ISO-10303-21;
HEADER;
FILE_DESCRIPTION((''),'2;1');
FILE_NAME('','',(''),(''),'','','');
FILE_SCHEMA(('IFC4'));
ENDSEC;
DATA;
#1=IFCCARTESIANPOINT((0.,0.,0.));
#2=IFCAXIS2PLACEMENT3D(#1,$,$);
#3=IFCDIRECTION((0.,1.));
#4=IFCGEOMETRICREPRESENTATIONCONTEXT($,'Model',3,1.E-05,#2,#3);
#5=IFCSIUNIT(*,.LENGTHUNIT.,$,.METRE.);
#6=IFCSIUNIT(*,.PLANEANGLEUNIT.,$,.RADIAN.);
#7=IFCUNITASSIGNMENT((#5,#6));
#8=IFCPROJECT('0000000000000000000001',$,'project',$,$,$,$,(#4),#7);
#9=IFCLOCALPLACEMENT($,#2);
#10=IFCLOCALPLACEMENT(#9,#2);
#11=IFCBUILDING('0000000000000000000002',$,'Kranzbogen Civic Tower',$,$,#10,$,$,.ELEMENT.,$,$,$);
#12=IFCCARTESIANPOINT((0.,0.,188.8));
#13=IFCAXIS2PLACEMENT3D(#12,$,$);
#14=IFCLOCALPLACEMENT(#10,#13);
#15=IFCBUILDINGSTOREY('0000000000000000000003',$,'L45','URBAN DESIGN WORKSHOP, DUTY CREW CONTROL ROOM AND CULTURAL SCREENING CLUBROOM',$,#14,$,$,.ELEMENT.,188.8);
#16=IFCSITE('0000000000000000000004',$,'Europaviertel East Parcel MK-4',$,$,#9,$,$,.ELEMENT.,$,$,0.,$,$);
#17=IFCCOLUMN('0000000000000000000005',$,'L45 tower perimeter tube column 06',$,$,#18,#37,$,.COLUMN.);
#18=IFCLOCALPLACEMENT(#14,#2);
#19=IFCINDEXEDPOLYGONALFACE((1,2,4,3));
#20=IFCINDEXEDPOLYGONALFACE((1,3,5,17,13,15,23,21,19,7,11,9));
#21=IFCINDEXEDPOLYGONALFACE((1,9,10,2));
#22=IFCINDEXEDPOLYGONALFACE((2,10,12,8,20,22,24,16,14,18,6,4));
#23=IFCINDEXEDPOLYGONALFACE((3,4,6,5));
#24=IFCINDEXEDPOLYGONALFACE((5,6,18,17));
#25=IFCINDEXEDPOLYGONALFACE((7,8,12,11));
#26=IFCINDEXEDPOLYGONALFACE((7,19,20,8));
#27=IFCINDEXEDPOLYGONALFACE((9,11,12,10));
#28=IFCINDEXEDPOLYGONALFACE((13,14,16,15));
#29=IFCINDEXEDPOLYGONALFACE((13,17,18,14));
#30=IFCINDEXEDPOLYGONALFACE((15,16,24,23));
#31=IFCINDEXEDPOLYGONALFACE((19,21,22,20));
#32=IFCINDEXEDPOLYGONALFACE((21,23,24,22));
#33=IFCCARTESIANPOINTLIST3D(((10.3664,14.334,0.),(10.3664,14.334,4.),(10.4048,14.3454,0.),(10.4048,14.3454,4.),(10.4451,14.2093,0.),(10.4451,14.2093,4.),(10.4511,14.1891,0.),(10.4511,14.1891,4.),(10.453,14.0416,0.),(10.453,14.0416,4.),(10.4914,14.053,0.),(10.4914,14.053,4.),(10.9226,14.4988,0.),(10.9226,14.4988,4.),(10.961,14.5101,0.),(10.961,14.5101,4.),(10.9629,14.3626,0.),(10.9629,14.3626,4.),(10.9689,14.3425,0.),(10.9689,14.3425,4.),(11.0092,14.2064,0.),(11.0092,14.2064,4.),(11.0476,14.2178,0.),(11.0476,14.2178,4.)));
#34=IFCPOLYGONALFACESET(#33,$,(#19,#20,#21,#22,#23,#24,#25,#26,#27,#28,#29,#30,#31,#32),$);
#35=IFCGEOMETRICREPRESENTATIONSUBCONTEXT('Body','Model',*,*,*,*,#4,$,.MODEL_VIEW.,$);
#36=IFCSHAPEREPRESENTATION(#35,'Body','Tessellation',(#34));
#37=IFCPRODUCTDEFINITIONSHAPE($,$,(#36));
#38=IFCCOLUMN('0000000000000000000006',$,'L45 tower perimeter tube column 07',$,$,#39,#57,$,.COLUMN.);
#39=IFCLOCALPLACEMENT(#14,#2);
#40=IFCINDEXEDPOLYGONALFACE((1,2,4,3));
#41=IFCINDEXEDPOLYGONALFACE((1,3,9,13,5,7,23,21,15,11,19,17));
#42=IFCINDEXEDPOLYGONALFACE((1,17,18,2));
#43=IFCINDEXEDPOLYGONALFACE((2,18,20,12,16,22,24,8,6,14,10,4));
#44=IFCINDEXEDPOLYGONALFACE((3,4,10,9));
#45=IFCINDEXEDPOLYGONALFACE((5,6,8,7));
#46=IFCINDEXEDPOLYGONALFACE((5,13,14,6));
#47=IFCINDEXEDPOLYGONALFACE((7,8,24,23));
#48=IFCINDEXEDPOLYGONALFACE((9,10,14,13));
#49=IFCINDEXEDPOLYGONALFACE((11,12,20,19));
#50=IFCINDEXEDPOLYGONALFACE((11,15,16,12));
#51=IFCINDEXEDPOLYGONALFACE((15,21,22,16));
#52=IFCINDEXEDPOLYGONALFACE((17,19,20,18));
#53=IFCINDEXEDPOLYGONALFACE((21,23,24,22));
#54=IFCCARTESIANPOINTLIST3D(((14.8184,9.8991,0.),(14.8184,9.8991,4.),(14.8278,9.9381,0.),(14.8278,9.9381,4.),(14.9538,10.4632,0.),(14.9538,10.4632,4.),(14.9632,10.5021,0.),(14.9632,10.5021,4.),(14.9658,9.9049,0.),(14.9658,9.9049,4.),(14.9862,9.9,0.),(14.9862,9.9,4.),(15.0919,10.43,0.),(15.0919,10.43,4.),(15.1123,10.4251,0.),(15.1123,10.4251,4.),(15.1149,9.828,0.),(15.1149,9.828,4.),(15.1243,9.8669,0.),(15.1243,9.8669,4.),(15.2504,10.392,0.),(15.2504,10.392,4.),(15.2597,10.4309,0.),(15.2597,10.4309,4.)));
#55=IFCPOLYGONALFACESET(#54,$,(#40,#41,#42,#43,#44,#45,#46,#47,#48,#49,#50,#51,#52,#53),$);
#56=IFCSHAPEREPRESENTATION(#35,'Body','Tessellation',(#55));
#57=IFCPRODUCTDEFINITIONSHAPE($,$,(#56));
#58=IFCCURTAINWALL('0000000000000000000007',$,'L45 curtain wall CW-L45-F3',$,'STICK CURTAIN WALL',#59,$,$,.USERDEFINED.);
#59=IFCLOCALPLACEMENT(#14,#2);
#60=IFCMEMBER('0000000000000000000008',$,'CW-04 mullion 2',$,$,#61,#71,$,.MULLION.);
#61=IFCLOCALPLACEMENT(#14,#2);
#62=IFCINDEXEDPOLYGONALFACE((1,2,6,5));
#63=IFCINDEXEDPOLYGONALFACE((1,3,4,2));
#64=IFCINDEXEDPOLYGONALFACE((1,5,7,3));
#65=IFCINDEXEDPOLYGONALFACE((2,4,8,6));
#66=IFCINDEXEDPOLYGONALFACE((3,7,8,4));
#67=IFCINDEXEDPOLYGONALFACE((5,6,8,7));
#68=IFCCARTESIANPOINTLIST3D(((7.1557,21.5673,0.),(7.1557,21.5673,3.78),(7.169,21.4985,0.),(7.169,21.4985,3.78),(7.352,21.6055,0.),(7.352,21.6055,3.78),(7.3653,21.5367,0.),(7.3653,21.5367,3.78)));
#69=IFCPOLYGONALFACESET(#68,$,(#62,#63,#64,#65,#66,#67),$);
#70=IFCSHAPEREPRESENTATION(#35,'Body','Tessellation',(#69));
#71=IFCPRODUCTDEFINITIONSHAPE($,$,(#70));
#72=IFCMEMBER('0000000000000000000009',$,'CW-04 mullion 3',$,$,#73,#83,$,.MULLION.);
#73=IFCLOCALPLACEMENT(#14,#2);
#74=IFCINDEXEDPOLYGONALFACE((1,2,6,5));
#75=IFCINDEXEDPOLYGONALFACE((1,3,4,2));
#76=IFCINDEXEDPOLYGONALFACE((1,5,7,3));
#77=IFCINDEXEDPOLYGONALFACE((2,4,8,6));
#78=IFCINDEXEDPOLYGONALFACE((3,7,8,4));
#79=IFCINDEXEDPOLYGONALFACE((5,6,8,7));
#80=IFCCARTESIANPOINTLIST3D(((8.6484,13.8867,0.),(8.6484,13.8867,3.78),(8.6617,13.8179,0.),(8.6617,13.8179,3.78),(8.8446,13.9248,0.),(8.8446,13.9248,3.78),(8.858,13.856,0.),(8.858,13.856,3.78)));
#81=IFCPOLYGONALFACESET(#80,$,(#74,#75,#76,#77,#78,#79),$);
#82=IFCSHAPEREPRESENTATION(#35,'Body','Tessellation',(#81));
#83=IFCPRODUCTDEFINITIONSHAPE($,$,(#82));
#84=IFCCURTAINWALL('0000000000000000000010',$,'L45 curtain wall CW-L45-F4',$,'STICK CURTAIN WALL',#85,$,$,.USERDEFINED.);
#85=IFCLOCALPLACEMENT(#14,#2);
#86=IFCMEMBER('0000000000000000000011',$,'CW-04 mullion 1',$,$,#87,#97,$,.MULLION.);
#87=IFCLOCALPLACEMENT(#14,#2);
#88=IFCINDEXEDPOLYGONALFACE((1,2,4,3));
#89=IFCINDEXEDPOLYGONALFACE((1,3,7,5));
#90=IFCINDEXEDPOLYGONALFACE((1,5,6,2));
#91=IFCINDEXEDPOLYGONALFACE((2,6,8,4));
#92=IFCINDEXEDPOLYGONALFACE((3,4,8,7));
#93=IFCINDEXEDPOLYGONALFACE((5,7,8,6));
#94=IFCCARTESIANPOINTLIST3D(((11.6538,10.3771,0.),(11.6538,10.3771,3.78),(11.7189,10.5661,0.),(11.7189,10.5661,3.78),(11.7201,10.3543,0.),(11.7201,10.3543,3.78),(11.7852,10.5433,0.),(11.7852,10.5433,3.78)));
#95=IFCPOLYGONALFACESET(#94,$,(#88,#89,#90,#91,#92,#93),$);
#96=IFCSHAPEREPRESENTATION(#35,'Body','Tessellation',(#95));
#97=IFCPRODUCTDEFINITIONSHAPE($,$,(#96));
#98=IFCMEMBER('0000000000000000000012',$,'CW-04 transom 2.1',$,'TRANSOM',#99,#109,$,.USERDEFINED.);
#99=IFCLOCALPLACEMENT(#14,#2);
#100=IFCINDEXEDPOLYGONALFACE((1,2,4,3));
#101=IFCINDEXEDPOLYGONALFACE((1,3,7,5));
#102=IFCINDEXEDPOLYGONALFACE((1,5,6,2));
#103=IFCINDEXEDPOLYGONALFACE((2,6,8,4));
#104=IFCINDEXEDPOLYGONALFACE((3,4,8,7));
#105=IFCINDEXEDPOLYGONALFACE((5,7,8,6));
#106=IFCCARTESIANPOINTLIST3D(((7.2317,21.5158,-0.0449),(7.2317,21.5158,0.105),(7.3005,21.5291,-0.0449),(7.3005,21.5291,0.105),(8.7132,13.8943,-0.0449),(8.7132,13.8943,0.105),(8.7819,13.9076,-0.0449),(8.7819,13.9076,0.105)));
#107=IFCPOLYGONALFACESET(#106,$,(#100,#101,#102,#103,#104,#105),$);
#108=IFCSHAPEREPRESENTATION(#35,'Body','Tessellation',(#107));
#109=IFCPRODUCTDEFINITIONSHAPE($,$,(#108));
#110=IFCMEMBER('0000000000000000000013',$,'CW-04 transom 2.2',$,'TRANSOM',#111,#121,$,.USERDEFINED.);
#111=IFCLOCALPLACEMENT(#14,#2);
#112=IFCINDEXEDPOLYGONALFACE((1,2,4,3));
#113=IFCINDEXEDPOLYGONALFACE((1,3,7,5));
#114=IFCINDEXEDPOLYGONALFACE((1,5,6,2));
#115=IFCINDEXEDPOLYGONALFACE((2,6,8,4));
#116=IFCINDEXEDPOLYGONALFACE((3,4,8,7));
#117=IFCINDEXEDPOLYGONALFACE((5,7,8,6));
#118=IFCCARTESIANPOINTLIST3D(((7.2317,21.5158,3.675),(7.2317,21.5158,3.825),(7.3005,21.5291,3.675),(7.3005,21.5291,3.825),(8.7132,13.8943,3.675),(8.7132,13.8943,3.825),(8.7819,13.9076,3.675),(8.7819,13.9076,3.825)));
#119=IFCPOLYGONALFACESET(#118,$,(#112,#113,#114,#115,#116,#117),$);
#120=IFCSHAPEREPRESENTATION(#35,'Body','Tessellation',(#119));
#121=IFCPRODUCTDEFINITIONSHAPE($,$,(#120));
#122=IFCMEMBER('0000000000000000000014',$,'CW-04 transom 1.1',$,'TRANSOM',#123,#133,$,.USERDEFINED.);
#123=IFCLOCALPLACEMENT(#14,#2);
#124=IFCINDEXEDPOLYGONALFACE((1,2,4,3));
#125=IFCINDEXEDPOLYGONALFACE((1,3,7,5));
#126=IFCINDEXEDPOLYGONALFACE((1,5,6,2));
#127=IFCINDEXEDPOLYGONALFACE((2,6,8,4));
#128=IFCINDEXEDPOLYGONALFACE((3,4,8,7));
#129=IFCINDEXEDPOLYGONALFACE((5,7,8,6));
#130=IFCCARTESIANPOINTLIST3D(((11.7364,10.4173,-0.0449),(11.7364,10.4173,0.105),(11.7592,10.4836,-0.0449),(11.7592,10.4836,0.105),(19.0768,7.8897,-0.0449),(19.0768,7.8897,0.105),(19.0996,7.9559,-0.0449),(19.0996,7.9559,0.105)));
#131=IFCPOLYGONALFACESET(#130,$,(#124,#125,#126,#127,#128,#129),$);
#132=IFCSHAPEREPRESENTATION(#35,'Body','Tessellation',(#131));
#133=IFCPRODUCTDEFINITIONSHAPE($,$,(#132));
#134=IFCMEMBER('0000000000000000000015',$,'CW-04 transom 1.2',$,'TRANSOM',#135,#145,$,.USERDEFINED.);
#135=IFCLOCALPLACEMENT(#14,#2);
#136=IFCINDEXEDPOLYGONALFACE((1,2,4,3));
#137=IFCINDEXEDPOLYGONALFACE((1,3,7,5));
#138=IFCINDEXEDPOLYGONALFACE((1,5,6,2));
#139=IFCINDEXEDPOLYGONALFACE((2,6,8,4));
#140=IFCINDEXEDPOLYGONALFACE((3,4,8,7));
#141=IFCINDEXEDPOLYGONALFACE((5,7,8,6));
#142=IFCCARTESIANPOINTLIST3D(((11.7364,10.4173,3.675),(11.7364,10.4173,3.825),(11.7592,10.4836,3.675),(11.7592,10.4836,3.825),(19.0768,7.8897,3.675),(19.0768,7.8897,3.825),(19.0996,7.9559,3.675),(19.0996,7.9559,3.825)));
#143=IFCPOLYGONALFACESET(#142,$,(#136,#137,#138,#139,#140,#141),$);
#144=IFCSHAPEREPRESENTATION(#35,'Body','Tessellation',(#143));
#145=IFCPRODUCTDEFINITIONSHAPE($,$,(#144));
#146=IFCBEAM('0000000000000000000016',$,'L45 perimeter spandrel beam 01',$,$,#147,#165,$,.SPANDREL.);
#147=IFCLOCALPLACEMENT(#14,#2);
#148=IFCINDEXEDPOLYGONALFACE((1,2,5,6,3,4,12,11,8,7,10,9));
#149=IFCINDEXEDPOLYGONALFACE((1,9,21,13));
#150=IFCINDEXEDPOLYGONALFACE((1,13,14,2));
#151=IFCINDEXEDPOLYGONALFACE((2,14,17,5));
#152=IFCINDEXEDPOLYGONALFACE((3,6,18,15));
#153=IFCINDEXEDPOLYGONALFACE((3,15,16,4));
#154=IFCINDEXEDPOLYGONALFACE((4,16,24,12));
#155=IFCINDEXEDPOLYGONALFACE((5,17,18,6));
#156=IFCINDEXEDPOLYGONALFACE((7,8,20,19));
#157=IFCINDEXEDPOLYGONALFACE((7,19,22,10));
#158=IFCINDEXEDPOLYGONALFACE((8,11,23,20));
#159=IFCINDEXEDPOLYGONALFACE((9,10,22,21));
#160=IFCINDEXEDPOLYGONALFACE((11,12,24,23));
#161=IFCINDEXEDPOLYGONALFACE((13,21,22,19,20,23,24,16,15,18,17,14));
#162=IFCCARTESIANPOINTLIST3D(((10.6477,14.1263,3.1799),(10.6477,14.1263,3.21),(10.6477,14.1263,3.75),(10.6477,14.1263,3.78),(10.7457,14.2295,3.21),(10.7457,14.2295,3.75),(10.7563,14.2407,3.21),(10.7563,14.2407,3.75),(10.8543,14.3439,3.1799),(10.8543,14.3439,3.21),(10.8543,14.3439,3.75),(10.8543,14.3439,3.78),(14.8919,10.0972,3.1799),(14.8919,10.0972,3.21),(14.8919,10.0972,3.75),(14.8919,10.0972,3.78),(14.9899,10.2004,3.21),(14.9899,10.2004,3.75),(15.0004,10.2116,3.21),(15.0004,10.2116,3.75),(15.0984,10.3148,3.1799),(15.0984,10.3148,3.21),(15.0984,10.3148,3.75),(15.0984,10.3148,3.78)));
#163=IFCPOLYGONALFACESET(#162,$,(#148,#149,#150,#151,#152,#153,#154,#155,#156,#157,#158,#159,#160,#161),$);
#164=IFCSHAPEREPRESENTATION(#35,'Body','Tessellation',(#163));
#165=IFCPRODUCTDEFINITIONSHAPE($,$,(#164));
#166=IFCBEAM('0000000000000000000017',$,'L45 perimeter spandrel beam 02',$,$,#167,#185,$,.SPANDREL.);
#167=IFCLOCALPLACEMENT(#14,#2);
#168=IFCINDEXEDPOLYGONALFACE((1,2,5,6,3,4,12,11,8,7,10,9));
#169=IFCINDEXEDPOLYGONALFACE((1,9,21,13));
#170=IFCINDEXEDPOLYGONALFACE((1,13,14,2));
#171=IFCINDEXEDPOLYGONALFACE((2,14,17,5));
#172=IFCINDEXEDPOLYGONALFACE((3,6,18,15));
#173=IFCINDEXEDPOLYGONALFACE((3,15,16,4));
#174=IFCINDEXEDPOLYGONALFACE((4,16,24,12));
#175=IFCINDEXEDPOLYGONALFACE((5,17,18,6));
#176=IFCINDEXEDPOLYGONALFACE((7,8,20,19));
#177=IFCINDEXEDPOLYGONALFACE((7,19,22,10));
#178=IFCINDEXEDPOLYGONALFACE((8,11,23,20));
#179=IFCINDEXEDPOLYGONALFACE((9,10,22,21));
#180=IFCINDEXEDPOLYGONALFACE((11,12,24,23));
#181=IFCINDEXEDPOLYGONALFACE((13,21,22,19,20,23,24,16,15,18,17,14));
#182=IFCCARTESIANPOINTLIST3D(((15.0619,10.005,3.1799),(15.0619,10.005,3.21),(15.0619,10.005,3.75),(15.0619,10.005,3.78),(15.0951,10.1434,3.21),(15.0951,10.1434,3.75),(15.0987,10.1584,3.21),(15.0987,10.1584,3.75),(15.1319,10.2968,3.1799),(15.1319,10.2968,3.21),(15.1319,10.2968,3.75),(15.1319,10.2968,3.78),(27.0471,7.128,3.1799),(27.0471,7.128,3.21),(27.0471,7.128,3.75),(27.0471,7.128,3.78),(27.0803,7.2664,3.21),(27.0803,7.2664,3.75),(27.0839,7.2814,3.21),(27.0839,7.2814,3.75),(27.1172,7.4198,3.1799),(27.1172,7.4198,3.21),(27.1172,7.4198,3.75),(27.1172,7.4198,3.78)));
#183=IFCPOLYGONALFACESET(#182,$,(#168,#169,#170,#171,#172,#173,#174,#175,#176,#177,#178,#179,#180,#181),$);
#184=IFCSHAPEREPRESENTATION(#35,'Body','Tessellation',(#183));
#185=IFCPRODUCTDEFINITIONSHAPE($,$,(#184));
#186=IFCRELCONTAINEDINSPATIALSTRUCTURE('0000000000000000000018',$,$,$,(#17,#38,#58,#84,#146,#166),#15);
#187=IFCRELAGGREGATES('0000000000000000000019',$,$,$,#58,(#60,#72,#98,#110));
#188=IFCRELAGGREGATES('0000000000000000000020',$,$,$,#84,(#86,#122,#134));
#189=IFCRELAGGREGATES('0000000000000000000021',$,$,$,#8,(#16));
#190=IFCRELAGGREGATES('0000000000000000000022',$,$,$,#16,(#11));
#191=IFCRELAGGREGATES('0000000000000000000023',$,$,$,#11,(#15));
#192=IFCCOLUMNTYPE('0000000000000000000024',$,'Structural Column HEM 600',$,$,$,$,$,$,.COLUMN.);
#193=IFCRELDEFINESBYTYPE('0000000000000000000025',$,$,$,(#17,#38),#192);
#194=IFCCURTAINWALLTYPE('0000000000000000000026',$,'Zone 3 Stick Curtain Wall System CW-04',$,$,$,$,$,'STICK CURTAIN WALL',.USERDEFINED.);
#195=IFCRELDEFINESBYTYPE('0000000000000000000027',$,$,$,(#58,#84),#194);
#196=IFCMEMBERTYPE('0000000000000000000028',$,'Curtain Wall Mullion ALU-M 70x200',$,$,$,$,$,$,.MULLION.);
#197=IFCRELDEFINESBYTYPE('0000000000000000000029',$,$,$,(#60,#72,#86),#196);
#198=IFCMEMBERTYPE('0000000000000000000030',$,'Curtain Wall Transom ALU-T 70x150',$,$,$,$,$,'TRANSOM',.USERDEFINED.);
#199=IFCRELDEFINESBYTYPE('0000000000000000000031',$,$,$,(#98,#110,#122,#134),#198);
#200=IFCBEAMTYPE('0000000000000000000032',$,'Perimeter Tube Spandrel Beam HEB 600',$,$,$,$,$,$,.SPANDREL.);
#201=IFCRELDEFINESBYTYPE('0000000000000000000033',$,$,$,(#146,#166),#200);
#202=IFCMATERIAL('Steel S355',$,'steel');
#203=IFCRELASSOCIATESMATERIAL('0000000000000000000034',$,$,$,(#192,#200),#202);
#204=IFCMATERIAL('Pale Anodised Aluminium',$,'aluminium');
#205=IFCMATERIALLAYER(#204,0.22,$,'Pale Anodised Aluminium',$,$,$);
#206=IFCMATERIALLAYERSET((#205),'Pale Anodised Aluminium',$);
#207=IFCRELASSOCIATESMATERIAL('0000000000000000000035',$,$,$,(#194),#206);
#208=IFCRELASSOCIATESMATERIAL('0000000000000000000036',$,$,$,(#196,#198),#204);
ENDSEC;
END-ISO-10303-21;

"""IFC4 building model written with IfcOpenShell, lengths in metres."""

from ifc_helpers import new_model, si_unit, direction, frame, origin, origin_2d, place, context, subcontext, project, spatial, rectangle, i_section, extrude, material, layer, layer_set, material_profile, profile_set, type_object, element, aggregate, save


model = new_model("IFC4")

# Units and contexts
model_context = context("Model", 3, precision=1e-05, world=origin(), true_north=direction((0.0, 1.0)))
body_context = subcontext(model_context, "Body", "Model", "MODEL_VIEW")
ifc_project = project(units=[si_unit("LENGTHUNIT", "METRE"), si_unit("PLANEANGLEUNIT", "RADIAN")], contexts=[model_context])

# Site, building, storey
site_placement = place(None, origin())
site = spatial("IfcSite", under=ifc_project, at=site_placement, Name="Europaviertel East Parcel MK-4", CompositionType="ELEMENT", RefElevation=0.0)
building_placement = place(site_placement, origin())
building = spatial("IfcBuilding", under=site, at=building_placement, Name="Kranzbogen Civic Tower", CompositionType="ELEMENT")
storey_placement = place(building_placement, frame((0.0, 0.0, 188.8)))
storey = spatial("IfcBuildingStorey", under=building, at=storey_placement, Name="L45", Description="URBAN DESIGN WORKSHOP, DUTY CREW CONTROL ROOM AND CULTURAL SCREENING CLUBROOM", CompositionType="ELEMENT", Elevation=188.8)

# Columns
ifc_material_1 = material(Name="Steel S355", Category="steel")
ifc_material_profile_1 = material_profile(ifc_material_1, i_section(OverallWidth=0.3049, OverallDepth=0.6201, WebThickness=0.021, FlangeThickness=0.04, at=origin_2d()), Name="HEM 600")
ifc_profile_set_1 = profile_set([ifc_material_profile_1], Name="Steel S355")
column_type = type_object("IfcColumnType", Name="Structural Column HEM 600", PredefinedType="COLUMN", material=ifc_profile_set_1)
for number, where, z_axis, x_axis, name in (
    (1, (10.707, 14.2759, 0.0), (0.0, 0.0, 1.0), (-0.284015, 0.95882, 0.0), "L45 tower perimeter tube column 06"),
    (2, (15.0391, 10.165, 0.0), (0.0, 0.0, 1.0), (-0.97237, 0.233445, 0.0), "L45 tower perimeter tube column 07"),
):
    element("IfcColumn", number, at=place(storey_placement, frame(where, z_axis=z_axis, x_axis=x_axis)), inside=storey, type_object=column_type, Name=name, PredefinedType="COLUMN", context=body_context, shape_type="SweptSolid", body=[
        extrude(i_section(OverallWidth=0.3049, OverallDepth=0.6201, WebThickness=0.021, FlangeThickness=0.04, at=origin_2d()), origin(), (0.0, 0.0, 1.0), 4.0),
    ])

# Curtain wall, members
ifc_material_2 = material(Name="Pale Anodised Aluminium", Category="aluminium")
ifc_layer_1 = layer(ifc_material_2, 0.22, Name="Pale Anodised Aluminium")
ifc_layer_set_1 = layer_set([ifc_layer_1], Name="Pale Anodised Aluminium")
curtain_wall_type = type_object("IfcCurtainWallType", Name="Zone 3 Stick Curtain Wall System CW-04", ElementType="STICK CURTAIN WALL", PredefinedType="USERDEFINED", material=ifc_layer_set_1)
curtain_wall_1_placement = place(storey_placement, origin())
curtain_wall_1 = element("IfcCurtainWall", 3, at=curtain_wall_1_placement, inside=storey, type_object=curtain_wall_type, Name="L45 curtain wall CW-L45-F3", ObjectType="STICK CURTAIN WALL", PredefinedType="USERDEFINED")
ifc_material_profile_2 = material_profile(ifc_material_2, rectangle(XDim=0.0701, YDim=0.2, at=origin_2d()), Name="ALU-M 70x200")
ifc_profile_set_2 = profile_set([ifc_material_profile_2], Name="Pale Anodised Aluminium")
member_type_1 = type_object("IfcMemberType", Name="Curtain Wall Mullion ALU-M 70x200", PredefinedType="MULLION", material=ifc_profile_set_2)
member_1_placement = place(storey_placement, frame((7.2605, 21.552, 0.0), z_axis=(0.0, 0.0, 1.0), x_axis=(0.190788, -0.981631, 0.0)))
member_1 = element("IfcMember", 4, at=member_1_placement, type_object=member_type_1, Name="CW-04 mullion 2", PredefinedType="MULLION", context=body_context, shape_type="SweptSolid", body=[
    extrude(rectangle(XDim=0.0701, YDim=0.2, at=origin_2d()), origin(), (0.0, 0.0, 1.0), 3.78),
])
member_2_placement = place(storey_placement, frame((8.7532, 13.8713, 0.0), z_axis=(0.0, 0.0, 1.0), x_axis=(0.190788, -0.981631, 0.0)))
member_2 = element("IfcMember", 5, at=member_2_placement, type_object=member_type_1, Name="CW-04 mullion 3", PredefinedType="MULLION", context=body_context, shape_type="SweptSolid", body=[
    extrude(rectangle(XDim=0.0701, YDim=0.2, at=origin_2d()), origin(), (0.0, 0.0, 1.0), 3.78),
])

# Curtain wall, member
curtain_wall_2_placement = place(storey_placement, origin())
curtain_wall_2 = element("IfcCurtainWall", 6, at=curtain_wall_2_placement, inside=storey, type_object=curtain_wall_type, Name="L45 curtain wall CW-L45-F4", ObjectType="STICK CURTAIN WALL", PredefinedType="USERDEFINED")
member_3_placement = place(storey_placement, frame((11.7195, 10.4602, 0.0), z_axis=(0.0, 0.0, 1.0), x_axis=(0.945511, -0.32559, 0.0)))
member_3 = element("IfcMember", 7, at=member_3_placement, type_object=member_type_1, Name="CW-04 mullion 1", PredefinedType="MULLION", context=body_context, shape_type="SweptSolid", body=[
    extrude(rectangle(XDim=0.0701, YDim=0.2, at=origin_2d()), origin(), (0.0, 0.0, 1.0), 3.78),
])

# Members
ifc_material_profile_3 = material_profile(ifc_material_2, rectangle(XDim=0.0701, YDim=0.1499, at=origin_2d()), Name="ALU-T 70x150")
ifc_profile_set_3 = profile_set([ifc_material_profile_3], Name="Pale Anodised Aluminium")
member_type_2 = type_object("IfcMemberType", Name="Curtain Wall Transom ALU-T 70x150", ElementType="TRANSOM", PredefinedType="USERDEFINED", material=ifc_profile_set_3)
member_4_placement = place(storey_placement, frame((7.2661, 21.5225, 0.03), z_axis=(0.190804, -0.981628, 0.0), x_axis=(0.981628, 0.190804, 0.0)))
member_4 = element("IfcMember", 8, at=member_4_placement, type_object=member_type_2, Name="CW-04 transom 2.1", ObjectType="TRANSOM", PredefinedType="USERDEFINED", context=body_context, shape_type="SweptSolid", body=[
    extrude(rectangle(XDim=0.0701, YDim=0.1499, at=origin_2d()), origin(), (0.0, 0.0, 1.0), 7.7642),
])
member_5_placement = place(storey_placement, frame((7.2661, 21.5225, 3.75), z_axis=(0.190804, -0.981628, 0.0), x_axis=(0.981628, 0.190804, 0.0)))
member_5 = element("IfcMember", 9, at=member_5_placement, type_object=member_type_2, Name="CW-04 transom 2.2", ObjectType="TRANSOM", PredefinedType="USERDEFINED", context=body_context, shape_type="SweptSolid", body=[
    extrude(rectangle(XDim=0.0701, YDim=0.1499, at=origin_2d()), origin(), (0.0, 0.0, 1.0), 7.7642),
])
member_6_placement = place(storey_placement, frame((11.7478, 10.4504, 0.03), z_axis=(0.945514, -0.325581, 0.0), x_axis=(0.325581, 0.945514, 0.0)))
member_6 = element("IfcMember", 10, at=member_6_placement, type_object=member_type_2, Name="CW-04 transom 1.1", ObjectType="TRANSOM", PredefinedType="USERDEFINED", context=body_context, shape_type="SweptSolid", body=[
    extrude(rectangle(XDim=0.0701, YDim=0.1499, at=origin_2d()), origin(), (0.0, 0.0, 1.0), 7.7634),
])
member_7_placement = place(storey_placement, frame((11.7478, 10.4504, 3.75), z_axis=(0.945514, -0.325581, 0.0), x_axis=(0.325581, 0.945514, 0.0)))
member_7 = element("IfcMember", 11, at=member_7_placement, type_object=member_type_2, Name="CW-04 transom 1.2", ObjectType="TRANSOM", PredefinedType="USERDEFINED", context=body_context, shape_type="SweptSolid", body=[
    extrude(rectangle(XDim=0.0701, YDim=0.1499, at=origin_2d()), origin(), (0.0, 0.0, 1.0), 7.7634),
])

# Beams
ifc_material_profile_4 = material_profile(ifc_material_1, i_section(OverallWidth=0.3, OverallDepth=0.6001, WebThickness=0.0154, FlangeThickness=0.03, at=origin_2d()), Name="HEB 600")
ifc_profile_set_4 = profile_set([ifc_material_profile_4], Name="Steel S355")
beam_type_1 = type_object("IfcBeamType", Name="Perimeter Tube Spandrel Beam HEB 600", PredefinedType="SPANDREL", material=ifc_profile_set_4)
beam_1_placement = place(storey_placement, frame((10.751, 14.2351, 3.48), z_axis=(0.725245, -0.688491, 0.0), x_axis=(0.688491, 0.725245, 0.0)))
element("IfcBeam", 12, at=beam_1_placement, inside=storey, type_object=beam_type_1, Name="L45 perimeter spandrel beam 01", PredefinedType="SPANDREL", context=body_context, shape_type="SweptSolid", body=[
    extrude(i_section(OverallWidth=0.3, OverallDepth=0.6001, WebThickness=0.0154, FlangeThickness=0.03, at=origin_2d()), origin(), (0.0, 0.0, 1.0), 5.8521),
])
beam_2_placement = place(storey_placement, frame((15.0969, 10.1509, 3.48), z_axis=(0.972378, -0.233413, 0.0), x_axis=(0.233413, 0.972378, 0.0)))
element("IfcBeam", 13, at=beam_2_placement, inside=storey, type_object=beam_type_1, Name="L45 perimeter spandrel beam 02", PredefinedType="SPANDREL", context=body_context, shape_type="SweptSolid", body=[
    extrude(i_section(OverallWidth=0.3, OverallDepth=0.6001, WebThickness=0.0154, FlangeThickness=0.03, at=origin_2d()), origin(), (0.0, 0.0, 1.0), 12.3257),
])

aggregate(curtain_wall_1, [member_1, member_2, member_4, member_5])
aggregate(curtain_wall_2, [member_3, member_6, member_7])

save(model, "model.ifc")
